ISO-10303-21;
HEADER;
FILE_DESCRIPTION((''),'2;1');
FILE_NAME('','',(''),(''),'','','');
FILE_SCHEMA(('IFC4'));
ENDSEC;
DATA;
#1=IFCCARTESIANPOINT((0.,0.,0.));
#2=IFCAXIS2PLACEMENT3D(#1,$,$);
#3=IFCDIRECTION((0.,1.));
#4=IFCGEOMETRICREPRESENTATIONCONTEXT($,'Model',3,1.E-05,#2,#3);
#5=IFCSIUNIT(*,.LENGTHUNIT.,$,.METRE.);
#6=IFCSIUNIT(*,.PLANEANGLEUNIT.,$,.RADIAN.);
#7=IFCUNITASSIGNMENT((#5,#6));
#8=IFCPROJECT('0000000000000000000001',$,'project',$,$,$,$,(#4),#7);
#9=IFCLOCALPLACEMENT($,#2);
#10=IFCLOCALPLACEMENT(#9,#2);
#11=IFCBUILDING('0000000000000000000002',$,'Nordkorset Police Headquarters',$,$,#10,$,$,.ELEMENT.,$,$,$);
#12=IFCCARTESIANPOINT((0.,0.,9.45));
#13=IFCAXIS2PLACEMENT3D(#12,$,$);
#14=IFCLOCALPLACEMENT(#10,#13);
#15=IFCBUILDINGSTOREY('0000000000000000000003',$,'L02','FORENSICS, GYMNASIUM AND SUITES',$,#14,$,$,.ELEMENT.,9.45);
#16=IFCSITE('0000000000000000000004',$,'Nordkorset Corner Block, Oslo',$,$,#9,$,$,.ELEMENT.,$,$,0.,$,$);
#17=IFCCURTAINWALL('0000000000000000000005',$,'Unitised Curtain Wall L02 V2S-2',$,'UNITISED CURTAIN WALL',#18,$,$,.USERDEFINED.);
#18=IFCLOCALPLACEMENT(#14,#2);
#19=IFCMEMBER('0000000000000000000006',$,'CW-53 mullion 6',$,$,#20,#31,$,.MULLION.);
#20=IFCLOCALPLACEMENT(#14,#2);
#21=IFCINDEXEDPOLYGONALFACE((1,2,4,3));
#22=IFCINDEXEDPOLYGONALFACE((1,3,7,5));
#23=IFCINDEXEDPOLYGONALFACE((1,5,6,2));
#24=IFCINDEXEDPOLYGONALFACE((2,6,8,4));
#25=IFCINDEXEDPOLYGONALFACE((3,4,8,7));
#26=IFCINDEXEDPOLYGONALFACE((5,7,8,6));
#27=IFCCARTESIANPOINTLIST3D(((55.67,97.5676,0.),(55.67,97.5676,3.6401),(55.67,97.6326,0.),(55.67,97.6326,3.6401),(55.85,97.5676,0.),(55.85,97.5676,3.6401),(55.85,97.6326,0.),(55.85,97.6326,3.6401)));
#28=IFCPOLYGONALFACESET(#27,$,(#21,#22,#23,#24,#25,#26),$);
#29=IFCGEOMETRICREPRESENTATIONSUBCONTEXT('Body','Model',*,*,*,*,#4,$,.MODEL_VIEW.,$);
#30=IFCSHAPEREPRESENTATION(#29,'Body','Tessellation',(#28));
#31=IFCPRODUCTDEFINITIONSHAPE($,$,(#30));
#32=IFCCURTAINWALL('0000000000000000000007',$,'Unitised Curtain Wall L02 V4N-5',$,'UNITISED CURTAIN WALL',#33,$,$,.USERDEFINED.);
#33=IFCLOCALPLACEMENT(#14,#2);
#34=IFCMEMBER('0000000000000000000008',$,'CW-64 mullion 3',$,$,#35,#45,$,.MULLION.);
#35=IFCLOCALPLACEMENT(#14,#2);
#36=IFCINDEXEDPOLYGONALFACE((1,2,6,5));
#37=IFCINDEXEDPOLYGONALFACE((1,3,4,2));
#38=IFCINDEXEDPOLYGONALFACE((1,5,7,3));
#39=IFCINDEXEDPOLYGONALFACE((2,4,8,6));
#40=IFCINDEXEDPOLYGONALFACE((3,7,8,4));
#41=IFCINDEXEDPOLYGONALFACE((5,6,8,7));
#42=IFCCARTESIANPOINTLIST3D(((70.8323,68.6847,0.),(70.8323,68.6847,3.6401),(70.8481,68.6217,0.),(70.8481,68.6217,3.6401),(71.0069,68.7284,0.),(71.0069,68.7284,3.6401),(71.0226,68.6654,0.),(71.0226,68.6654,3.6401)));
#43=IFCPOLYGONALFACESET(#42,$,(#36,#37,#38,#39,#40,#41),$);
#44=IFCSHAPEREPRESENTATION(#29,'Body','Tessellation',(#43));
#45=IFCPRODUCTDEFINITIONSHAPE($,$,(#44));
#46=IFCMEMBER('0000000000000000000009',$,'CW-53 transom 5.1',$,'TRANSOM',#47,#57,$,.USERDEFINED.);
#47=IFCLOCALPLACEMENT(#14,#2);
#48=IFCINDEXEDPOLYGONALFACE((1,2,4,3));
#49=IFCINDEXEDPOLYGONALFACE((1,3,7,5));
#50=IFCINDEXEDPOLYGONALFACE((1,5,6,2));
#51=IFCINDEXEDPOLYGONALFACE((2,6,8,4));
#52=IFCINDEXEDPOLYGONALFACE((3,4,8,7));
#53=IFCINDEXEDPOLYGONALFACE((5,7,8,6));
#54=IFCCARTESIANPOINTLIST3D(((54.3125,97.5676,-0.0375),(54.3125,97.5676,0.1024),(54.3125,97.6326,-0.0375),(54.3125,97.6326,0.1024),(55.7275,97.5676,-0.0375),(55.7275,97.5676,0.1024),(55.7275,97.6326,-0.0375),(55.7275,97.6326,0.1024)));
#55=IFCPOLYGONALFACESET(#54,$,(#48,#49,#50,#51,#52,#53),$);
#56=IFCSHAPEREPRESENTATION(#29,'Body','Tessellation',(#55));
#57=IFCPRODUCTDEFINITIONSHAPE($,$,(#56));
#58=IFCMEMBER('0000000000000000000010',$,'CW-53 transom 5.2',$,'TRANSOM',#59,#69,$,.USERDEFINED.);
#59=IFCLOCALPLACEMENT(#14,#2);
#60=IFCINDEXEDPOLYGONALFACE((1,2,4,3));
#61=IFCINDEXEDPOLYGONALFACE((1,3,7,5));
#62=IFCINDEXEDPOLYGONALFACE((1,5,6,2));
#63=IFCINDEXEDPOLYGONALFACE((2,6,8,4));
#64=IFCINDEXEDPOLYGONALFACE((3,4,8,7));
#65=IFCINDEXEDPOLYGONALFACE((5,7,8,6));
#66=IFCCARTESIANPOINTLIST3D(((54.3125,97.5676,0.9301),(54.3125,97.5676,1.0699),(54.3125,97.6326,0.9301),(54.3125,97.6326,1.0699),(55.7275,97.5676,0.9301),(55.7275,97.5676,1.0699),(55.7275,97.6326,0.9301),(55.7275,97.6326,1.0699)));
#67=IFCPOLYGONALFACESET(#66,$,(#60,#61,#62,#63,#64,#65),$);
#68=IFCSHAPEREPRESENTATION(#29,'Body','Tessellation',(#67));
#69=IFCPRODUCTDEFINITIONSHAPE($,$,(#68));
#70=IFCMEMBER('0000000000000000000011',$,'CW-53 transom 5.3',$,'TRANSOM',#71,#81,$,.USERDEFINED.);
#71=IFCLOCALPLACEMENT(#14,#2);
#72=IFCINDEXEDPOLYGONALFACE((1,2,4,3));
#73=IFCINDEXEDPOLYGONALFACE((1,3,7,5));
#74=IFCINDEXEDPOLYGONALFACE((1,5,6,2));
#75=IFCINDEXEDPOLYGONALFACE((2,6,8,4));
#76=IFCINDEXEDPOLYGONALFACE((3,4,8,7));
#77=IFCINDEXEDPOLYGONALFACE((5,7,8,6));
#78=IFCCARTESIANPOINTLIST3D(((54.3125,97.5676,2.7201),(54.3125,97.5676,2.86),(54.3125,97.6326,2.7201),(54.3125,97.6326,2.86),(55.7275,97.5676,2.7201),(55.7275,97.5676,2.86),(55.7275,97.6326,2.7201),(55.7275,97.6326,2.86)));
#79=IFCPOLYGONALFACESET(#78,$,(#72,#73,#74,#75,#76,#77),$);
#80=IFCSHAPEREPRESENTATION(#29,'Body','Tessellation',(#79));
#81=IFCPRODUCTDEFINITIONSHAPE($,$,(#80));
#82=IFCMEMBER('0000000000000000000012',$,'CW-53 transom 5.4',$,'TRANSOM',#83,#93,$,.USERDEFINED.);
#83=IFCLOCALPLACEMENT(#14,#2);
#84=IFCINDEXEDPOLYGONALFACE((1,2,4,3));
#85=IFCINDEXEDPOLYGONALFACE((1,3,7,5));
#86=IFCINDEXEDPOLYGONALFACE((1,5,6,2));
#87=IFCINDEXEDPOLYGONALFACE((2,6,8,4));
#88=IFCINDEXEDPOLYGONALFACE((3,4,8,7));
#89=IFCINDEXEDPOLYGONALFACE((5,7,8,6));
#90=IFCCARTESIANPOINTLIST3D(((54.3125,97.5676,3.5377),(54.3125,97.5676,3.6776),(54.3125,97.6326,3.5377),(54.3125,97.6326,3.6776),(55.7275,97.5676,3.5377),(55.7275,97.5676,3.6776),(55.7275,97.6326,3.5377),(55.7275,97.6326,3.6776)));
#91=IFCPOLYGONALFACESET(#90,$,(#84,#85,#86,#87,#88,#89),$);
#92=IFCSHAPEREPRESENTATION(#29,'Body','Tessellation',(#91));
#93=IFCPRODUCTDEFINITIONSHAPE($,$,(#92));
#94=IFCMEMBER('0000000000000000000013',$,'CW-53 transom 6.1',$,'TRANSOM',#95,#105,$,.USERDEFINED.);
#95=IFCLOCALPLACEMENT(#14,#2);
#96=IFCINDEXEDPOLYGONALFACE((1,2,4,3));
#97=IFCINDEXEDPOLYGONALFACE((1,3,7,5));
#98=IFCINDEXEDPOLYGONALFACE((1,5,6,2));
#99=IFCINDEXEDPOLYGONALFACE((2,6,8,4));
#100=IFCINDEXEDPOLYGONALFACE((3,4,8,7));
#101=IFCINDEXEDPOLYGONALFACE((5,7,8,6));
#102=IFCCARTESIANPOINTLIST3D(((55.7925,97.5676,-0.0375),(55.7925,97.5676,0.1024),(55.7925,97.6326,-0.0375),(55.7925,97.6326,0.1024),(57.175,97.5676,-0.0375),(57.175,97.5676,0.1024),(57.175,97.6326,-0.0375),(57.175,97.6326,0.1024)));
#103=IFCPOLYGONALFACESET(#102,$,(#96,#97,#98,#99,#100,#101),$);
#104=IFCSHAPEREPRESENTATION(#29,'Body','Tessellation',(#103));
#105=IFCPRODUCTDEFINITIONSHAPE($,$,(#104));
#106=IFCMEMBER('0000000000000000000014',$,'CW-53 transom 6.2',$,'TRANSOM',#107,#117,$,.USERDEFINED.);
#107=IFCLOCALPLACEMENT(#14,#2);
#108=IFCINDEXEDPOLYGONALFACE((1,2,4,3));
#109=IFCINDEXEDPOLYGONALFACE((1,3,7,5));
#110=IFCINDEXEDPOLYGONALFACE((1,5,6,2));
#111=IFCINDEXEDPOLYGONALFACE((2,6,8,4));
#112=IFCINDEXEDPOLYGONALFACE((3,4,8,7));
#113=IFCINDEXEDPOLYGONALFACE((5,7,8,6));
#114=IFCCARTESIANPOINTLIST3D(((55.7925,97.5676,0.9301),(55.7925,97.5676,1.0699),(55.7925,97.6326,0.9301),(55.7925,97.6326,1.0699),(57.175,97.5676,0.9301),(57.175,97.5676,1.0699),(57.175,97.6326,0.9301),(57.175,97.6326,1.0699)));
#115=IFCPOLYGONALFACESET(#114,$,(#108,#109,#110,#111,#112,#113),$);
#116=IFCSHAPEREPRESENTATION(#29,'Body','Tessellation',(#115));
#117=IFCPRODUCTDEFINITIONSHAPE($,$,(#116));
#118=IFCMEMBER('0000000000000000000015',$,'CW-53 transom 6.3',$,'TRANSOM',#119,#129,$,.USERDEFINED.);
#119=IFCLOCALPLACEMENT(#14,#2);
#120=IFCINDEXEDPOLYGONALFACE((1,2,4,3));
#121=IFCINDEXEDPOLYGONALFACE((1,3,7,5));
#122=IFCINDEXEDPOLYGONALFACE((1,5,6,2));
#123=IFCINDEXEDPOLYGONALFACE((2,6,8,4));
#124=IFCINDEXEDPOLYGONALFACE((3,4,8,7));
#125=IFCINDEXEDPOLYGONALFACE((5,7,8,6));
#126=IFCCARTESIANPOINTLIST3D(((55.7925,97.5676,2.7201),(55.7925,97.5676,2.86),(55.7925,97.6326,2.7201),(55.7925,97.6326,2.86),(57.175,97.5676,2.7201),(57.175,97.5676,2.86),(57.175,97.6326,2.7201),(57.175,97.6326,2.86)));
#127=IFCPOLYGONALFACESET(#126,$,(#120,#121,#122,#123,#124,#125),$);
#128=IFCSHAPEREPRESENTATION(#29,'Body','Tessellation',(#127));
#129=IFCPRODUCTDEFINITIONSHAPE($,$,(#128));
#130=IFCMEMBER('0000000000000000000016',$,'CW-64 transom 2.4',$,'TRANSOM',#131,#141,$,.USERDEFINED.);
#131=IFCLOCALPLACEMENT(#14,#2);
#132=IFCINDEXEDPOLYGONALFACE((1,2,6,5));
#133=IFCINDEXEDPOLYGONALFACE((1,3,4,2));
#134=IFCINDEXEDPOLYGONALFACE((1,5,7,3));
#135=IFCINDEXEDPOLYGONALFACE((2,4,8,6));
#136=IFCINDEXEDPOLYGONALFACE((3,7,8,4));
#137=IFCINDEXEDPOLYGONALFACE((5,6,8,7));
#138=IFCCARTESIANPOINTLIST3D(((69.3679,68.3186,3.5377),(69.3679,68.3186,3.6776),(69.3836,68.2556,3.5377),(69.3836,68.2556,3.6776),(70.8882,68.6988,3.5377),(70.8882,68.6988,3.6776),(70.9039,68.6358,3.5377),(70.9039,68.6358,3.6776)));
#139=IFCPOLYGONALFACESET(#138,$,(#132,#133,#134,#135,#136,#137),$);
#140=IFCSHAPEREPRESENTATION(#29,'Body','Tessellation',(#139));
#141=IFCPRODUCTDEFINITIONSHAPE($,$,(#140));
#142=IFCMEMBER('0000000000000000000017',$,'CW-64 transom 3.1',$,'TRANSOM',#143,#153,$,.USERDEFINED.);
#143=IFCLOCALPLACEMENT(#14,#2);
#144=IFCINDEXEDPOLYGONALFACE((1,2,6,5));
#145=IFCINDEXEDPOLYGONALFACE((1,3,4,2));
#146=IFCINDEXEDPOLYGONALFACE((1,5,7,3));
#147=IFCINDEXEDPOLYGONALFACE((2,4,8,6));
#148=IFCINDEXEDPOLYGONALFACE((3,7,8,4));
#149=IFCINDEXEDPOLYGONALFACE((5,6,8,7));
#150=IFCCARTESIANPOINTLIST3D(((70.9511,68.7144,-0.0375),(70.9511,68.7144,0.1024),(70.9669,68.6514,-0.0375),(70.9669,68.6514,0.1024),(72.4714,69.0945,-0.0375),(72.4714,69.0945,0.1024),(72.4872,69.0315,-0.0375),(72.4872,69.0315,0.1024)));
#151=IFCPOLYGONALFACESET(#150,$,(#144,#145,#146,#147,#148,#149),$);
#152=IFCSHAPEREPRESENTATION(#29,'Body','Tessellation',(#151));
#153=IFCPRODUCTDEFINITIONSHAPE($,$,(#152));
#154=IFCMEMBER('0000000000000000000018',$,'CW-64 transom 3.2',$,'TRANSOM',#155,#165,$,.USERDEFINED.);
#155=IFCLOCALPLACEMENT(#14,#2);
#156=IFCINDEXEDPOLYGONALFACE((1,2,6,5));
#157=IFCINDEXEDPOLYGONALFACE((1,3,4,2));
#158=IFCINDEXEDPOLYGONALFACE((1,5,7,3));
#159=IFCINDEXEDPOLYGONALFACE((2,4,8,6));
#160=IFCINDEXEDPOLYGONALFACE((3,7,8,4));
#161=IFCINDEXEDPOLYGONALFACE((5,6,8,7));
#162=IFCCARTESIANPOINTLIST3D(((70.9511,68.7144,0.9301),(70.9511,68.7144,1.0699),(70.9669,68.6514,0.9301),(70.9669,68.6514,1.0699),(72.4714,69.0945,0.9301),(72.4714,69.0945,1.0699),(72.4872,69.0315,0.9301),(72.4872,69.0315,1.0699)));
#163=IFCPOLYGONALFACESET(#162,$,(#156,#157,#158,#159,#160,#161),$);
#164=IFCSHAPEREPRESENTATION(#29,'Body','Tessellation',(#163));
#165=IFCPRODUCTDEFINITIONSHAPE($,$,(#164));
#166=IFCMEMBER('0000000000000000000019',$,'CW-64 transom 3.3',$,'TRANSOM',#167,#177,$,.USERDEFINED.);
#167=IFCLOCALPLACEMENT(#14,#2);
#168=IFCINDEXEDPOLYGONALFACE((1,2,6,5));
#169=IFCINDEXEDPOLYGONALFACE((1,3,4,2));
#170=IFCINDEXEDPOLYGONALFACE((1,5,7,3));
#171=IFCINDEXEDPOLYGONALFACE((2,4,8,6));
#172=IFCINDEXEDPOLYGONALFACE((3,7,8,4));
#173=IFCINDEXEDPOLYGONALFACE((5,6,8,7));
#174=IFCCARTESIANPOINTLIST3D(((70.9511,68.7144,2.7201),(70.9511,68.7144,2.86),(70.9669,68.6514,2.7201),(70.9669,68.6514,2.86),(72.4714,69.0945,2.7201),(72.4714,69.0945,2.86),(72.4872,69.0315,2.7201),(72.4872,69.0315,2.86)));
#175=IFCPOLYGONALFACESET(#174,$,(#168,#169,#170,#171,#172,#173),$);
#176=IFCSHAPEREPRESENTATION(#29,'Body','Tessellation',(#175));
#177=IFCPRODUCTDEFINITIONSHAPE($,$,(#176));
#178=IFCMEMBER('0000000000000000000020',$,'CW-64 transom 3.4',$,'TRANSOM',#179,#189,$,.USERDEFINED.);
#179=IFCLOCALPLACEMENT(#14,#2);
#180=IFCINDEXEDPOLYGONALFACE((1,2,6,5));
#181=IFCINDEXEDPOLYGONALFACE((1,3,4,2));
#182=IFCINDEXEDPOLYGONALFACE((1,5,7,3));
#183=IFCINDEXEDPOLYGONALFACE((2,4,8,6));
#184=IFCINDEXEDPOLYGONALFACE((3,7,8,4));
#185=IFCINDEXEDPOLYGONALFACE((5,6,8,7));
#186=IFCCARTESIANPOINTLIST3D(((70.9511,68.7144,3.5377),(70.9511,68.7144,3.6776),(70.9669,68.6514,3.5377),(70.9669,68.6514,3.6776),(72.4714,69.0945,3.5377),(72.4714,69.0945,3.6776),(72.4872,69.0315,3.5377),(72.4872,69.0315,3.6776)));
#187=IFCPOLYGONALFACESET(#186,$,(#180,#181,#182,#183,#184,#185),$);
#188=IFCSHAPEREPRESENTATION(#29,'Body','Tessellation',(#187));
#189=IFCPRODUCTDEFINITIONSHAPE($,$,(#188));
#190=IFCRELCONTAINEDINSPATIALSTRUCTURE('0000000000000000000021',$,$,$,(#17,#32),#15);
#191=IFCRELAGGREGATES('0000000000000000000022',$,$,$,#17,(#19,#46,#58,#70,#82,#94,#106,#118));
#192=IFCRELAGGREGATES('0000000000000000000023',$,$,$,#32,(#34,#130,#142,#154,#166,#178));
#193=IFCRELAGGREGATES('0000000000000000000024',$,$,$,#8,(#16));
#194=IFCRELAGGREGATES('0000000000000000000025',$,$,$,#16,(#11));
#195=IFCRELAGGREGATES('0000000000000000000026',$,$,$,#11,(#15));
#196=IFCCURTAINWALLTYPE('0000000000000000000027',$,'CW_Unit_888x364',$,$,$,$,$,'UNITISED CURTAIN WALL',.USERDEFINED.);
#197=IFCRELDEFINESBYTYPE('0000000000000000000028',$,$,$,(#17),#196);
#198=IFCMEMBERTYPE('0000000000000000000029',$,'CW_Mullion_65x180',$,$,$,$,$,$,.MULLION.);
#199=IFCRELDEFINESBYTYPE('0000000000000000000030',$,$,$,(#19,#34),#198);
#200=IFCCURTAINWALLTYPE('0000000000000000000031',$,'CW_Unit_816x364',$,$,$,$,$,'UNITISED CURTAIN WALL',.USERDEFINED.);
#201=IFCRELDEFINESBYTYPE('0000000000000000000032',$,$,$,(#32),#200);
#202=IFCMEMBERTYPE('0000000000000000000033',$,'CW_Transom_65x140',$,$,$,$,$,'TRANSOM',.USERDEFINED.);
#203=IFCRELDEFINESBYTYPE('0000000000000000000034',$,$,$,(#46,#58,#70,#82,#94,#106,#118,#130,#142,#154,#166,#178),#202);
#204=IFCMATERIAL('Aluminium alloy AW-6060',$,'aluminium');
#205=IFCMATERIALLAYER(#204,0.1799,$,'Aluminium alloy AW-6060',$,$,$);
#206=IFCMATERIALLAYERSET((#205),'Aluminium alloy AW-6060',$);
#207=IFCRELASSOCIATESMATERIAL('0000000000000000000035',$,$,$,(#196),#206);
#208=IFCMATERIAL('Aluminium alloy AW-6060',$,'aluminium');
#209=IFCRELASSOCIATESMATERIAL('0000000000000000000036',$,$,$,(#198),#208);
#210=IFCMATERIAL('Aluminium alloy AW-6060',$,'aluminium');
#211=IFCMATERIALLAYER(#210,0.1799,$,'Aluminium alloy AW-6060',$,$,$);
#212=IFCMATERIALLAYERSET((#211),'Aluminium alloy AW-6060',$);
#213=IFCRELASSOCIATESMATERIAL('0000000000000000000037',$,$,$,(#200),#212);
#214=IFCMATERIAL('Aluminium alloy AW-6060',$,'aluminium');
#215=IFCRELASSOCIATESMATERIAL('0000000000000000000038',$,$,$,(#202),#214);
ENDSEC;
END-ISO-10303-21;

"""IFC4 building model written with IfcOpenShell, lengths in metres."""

from ifc_helpers import new_model, si_unit, direction, frame, origin, origin_2d, place, context, subcontext, project, spatial, rectangle, extrude, material, layer, layer_set, material_profile, profile_set, type_object, element, aggregate, save


model = new_model("IFC4")

# Units and contexts
model_context = context("Model", 3, precision=1e-05, world=origin(), true_north=direction((0.0, 1.0)))
body_context = subcontext(model_context, "Body", "Model", "MODEL_VIEW")
ifc_project = project(units=[si_unit("LENGTHUNIT", "METRE"), si_unit("PLANEANGLEUNIT", "RADIAN")], contexts=[model_context])

# Site, building, storey
site_placement = place(None, origin())
site = spatial("IfcSite", under=ifc_project, at=site_placement, Name="Nordkorset Corner Block, Oslo", CompositionType="ELEMENT", RefElevation=0.0)
building_placement = place(site_placement, origin())
building = spatial("IfcBuilding", under=site, at=building_placement, Name="Nordkorset Police Headquarters", CompositionType="ELEMENT")
storey_placement = place(building_placement, frame((0.0, 0.0, 9.45)))
storey = spatial("IfcBuildingStorey", under=building, at=storey_placement, Name="L02", Description="FORENSICS, GYMNASIUM AND SUITES", CompositionType="ELEMENT", Elevation=9.45)

# Curtain walls, members
ifc_material_1 = material(Name="Aluminium alloy AW-6060", Category="aluminium")
ifc_layer_1 = layer(ifc_material_1, 0.1799, Name="Aluminium alloy AW-6060")
ifc_layer_set_1 = layer_set([ifc_layer_1], Name="Aluminium alloy AW-6060")
curtain_wall_type_1 = type_object("IfcCurtainWallType", Name="CW_Unit_888x364", ElementType="UNITISED CURTAIN WALL", PredefinedType="USERDEFINED", material=ifc_layer_set_1)
curtain_wall_1_placement = place(storey_placement, origin())
curtain_wall_1 = element("IfcCurtainWall", 1, at=curtain_wall_1_placement, inside=storey, type_object=curtain_wall_type_1, Name="Unitised Curtain Wall L02 V2S-2", ObjectType="UNITISED CURTAIN WALL", PredefinedType="USERDEFINED")
ifc_material_2 = material(Name="Aluminium alloy AW-6060", Category="aluminium")
ifc_material_profile_1 = material_profile(ifc_material_2, rectangle(XDim=0.0649, YDim=0.1799, at=origin_2d()), Name="ALU MULL 65x180")
ifc_profile_set_1 = profile_set([ifc_material_profile_1], Name="Aluminium alloy AW-6060")
member_type_1 = type_object("IfcMemberType", Name="CW_Mullion_65x180", PredefinedType="MULLION", material=ifc_profile_set_1)
member_1_placement = place(storey_placement, frame((55.76, 97.6001, 0.0), z_axis=(0.0, 0.0, 1.0), x_axis=(0.0, 1.0, 0.0)))
member_1 = element("IfcMember", 2, at=member_1_placement, type_object=member_type_1, Name="CW-53 mullion 6", PredefinedType="MULLION", context=body_context, shape_type="SweptSolid", body=[
    extrude(rectangle(XDim=0.0649, YDim=0.1799, at=origin_2d()), origin(), (0.0, 0.0, 1.0), 3.6401),
])
ifc_material_3 = material(Name="Aluminium alloy AW-6060", Category="aluminium")
ifc_layer_2 = layer(ifc_material_3, 0.1799, Name="Aluminium alloy AW-6060")
ifc_layer_set_2 = layer_set([ifc_layer_2], Name="Aluminium alloy AW-6060")
curtain_wall_type_2 = type_object("IfcCurtainWallType", Name="CW_Unit_816x364", ElementType="UNITISED CURTAIN WALL", PredefinedType="USERDEFINED", material=ifc_layer_set_2)
curtain_wall_2_placement = place(storey_placement, origin())
curtain_wall_2 = element("IfcCurtainWall", 3, at=curtain_wall_2_placement, inside=storey, type_object=curtain_wall_type_2, Name="Unitised Curtain Wall L02 V4N-5", ObjectType="UNITISED CURTAIN WALL", PredefinedType="USERDEFINED")
member_2_placement = place(storey_placement, frame((70.9275, 68.675, 0.0), z_axis=(0.0, 0.0, 1.0), x_axis=(-0.242536, 0.970143, 0.0)))
member_2 = element("IfcMember", 4, at=member_2_placement, type_object=member_type_1, Name="CW-64 mullion 3", PredefinedType="MULLION", context=body_context, shape_type="SweptSolid", body=[
    extrude(rectangle(XDim=0.0649, YDim=0.1799, at=origin_2d()), origin(), (0.0, 0.0, 1.0), 3.6401),
])

# Members
ifc_material_4 = material(Name="Aluminium alloy AW-6060", Category="aluminium")
ifc_material_profile_2 = material_profile(ifc_material_4, rectangle(XDim=0.0649, YDim=0.1399, at=origin_2d()), Name="ALU TRAN 65x140")
ifc_profile_set_2 = profile_set([ifc_material_profile_2], Name="Aluminium alloy AW-6060")
member_type_2 = type_object("IfcMemberType", Name="CW_Transom_65x140", ElementType="TRANSOM", PredefinedType="USERDEFINED", material=ifc_profile_set_2)
member_3_placement = place(storey_placement, frame((54.3125, 97.6001, 0.0325), z_axis=(1.0, 0.0, 0.0), x_axis=(0.0, 1.0, 0.0)))
member_3 = element("IfcMember", 5, at=member_3_placement, type_object=member_type_2, Name="CW-53 transom 5.1", ObjectType="TRANSOM", PredefinedType="USERDEFINED", context=body_context, shape_type="SweptSolid", body=[
    extrude(rectangle(XDim=0.0649, YDim=0.1399, at=origin_2d()), origin(), (0.0, 0.0, 1.0), 1.415),
])
member_4_placement = place(storey_placement, frame((54.3125, 97.6001, 1.0), z_axis=(1.0, 0.0, 0.0), x_axis=(0.0, 1.0, 0.0)))
member_4 = element("IfcMember", 6, at=member_4_placement, type_object=member_type_2, Name="CW-53 transom 5.2", ObjectType="TRANSOM", PredefinedType="USERDEFINED", context=body_context, shape_type="SweptSolid", body=[
    extrude(rectangle(XDim=0.0649, YDim=0.1399, at=origin_2d()), origin(), (0.0, 0.0, 1.0), 1.415),
])
member_5_placement = place(storey_placement, frame((54.3125, 97.6001, 2.79), z_axis=(1.0, 0.0, 0.0), x_axis=(0.0, 1.0, 0.0)))
member_5 = element("IfcMember", 7, at=member_5_placement, type_object=member_type_2, Name="CW-53 transom 5.3", ObjectType="TRANSOM", PredefinedType="USERDEFINED", context=body_context, shape_type="SweptSolid", body=[
    extrude(rectangle(XDim=0.0649, YDim=0.1399, at=origin_2d()), origin(), (0.0, 0.0, 1.0), 1.415),
])
member_6_placement = place(storey_placement, frame((54.3125, 97.6001, 3.6077), z_axis=(1.0, 0.0, 0.0), x_axis=(0.0, 1.0, 0.0)))
member_6 = element("IfcMember", 8, at=member_6_placement, type_object=member_type_2, Name="CW-53 transom 5.4", ObjectType="TRANSOM", PredefinedType="USERDEFINED", context=body_context, shape_type="SweptSolid", body=[
    extrude(rectangle(XDim=0.0649, YDim=0.1399, at=origin_2d()), origin(), (0.0, 0.0, 1.0), 1.415),
])
member_7_placement = place(storey_placement, frame((55.7925, 97.6001, 0.0325), z_axis=(1.0, 0.0, 0.0), x_axis=(0.0, 1.0, 0.0)))
member_7 = element("IfcMember", 9, at=member_7_placement, type_object=member_type_2, Name="CW-53 transom 6.1", ObjectType="TRANSOM", PredefinedType="USERDEFINED", context=body_context, shape_type="SweptSolid", body=[
    extrude(rectangle(XDim=0.0649, YDim=0.1399, at=origin_2d()), origin(), (0.0, 0.0, 1.0), 1.3826),
])
member_8_placement = place(storey_placement, frame((55.7925, 97.6001, 1.0), z_axis=(1.0, 0.0, 0.0), x_axis=(0.0, 1.0, 0.0)))
member_8 = element("IfcMember", 10, at=member_8_placement, type_object=member_type_2, Name="CW-53 transom 6.2", ObjectType="TRANSOM", PredefinedType="USERDEFINED", context=body_context, shape_type="SweptSolid", body=[
    extrude(rectangle(XDim=0.0649, YDim=0.1399, at=origin_2d()), origin(), (0.0, 0.0, 1.0), 1.3826),
])
member_9_placement = place(storey_placement, frame((55.7925, 97.6001, 2.79), z_axis=(1.0, 0.0, 0.0), x_axis=(0.0, 1.0, 0.0)))
member_9 = element("IfcMember", 11, at=member_9_placement, type_object=member_type_2, Name="CW-53 transom 6.3", ObjectType="TRANSOM", PredefinedType="USERDEFINED", context=body_context, shape_type="SweptSolid", body=[
    extrude(rectangle(XDim=0.0649, YDim=0.1399, at=origin_2d()), origin(), (0.0, 0.0, 1.0), 1.3826),
])
member_10_placement = place(storey_placement, frame((69.3757, 68.2871, 3.6077), z_axis=(0.970133, 0.242572, 0.0), x_axis=(-0.242572, 0.970133, 0.0)))
member_10 = element("IfcMember", 12, at=member_10_placement, type_object=member_type_2, Name="CW-64 transom 2.4", ObjectType="TRANSOM", PredefinedType="USERDEFINED", context=body_context, shape_type="SweptSolid", body=[
    extrude(rectangle(XDim=0.0649, YDim=0.1399, at=origin_2d()), origin(), (0.0, 0.0, 1.0), 1.5671),
])
member_11_placement = place(storey_placement, frame((70.959, 68.6829, 0.0325), z_axis=(0.970133, 0.242572, 0.0), x_axis=(-0.242572, 0.970133, 0.0)))
member_11 = element("IfcMember", 13, at=member_11_placement, type_object=member_type_2, Name="CW-64 transom 3.1", ObjectType="TRANSOM", PredefinedType="USERDEFINED", context=body_context, shape_type="SweptSolid", body=[
    extrude(rectangle(XDim=0.0649, YDim=0.1399, at=origin_2d()), origin(), (0.0, 0.0, 1.0), 1.5671),
])
member_12_placement = place(storey_placement, frame((70.959, 68.6829, 1.0), z_axis=(0.970133, 0.242572, 0.0), x_axis=(-0.242572, 0.970133, 0.0)))
member_12 = element("IfcMember", 14, at=member_12_placement, type_object=member_type_2, Name="CW-64 transom 3.2", ObjectType="TRANSOM", PredefinedType="USERDEFINED", context=body_context, shape_type="SweptSolid", body=[
    extrude(rectangle(XDim=0.0649, YDim=0.1399, at=origin_2d()), origin(), (0.0, 0.0, 1.0), 1.5671),
])
member_13_placement = place(storey_placement, frame((70.959, 68.6829, 2.79), z_axis=(0.970133, 0.242572, 0.0), x_axis=(-0.242572, 0.970133, 0.0)))
member_13 = element("IfcMember", 15, at=member_13_placement, type_object=member_type_2, Name="CW-64 transom 3.3", ObjectType="TRANSOM", PredefinedType="USERDEFINED", context=body_context, shape_type="SweptSolid", body=[
    extrude(rectangle(XDim=0.0649, YDim=0.1399, at=origin_2d()), origin(), (0.0, 0.0, 1.0), 1.5671),
])
member_14_placement = place(storey_placement, frame((70.959, 68.6829, 3.6077), z_axis=(0.970133, 0.242572, 0.0), x_axis=(-0.242572, 0.970133, 0.0)))
member_14 = element("IfcMember", 16, at=member_14_placement, type_object=member_type_2, Name="CW-64 transom 3.4", ObjectType="TRANSOM", PredefinedType="USERDEFINED", context=body_context, shape_type="SweptSolid", body=[
    extrude(rectangle(XDim=0.0649, YDim=0.1399, at=origin_2d()), origin(), (0.0, 0.0, 1.0), 1.5671),
])

aggregate(curtain_wall_1, [member_1, member_3, member_4, member_5, member_6, member_7, member_8, member_9])
aggregate(curtain_wall_2, [member_2, member_10, member_11, member_12, member_13, member_14])

save(model, "model.ifc")
